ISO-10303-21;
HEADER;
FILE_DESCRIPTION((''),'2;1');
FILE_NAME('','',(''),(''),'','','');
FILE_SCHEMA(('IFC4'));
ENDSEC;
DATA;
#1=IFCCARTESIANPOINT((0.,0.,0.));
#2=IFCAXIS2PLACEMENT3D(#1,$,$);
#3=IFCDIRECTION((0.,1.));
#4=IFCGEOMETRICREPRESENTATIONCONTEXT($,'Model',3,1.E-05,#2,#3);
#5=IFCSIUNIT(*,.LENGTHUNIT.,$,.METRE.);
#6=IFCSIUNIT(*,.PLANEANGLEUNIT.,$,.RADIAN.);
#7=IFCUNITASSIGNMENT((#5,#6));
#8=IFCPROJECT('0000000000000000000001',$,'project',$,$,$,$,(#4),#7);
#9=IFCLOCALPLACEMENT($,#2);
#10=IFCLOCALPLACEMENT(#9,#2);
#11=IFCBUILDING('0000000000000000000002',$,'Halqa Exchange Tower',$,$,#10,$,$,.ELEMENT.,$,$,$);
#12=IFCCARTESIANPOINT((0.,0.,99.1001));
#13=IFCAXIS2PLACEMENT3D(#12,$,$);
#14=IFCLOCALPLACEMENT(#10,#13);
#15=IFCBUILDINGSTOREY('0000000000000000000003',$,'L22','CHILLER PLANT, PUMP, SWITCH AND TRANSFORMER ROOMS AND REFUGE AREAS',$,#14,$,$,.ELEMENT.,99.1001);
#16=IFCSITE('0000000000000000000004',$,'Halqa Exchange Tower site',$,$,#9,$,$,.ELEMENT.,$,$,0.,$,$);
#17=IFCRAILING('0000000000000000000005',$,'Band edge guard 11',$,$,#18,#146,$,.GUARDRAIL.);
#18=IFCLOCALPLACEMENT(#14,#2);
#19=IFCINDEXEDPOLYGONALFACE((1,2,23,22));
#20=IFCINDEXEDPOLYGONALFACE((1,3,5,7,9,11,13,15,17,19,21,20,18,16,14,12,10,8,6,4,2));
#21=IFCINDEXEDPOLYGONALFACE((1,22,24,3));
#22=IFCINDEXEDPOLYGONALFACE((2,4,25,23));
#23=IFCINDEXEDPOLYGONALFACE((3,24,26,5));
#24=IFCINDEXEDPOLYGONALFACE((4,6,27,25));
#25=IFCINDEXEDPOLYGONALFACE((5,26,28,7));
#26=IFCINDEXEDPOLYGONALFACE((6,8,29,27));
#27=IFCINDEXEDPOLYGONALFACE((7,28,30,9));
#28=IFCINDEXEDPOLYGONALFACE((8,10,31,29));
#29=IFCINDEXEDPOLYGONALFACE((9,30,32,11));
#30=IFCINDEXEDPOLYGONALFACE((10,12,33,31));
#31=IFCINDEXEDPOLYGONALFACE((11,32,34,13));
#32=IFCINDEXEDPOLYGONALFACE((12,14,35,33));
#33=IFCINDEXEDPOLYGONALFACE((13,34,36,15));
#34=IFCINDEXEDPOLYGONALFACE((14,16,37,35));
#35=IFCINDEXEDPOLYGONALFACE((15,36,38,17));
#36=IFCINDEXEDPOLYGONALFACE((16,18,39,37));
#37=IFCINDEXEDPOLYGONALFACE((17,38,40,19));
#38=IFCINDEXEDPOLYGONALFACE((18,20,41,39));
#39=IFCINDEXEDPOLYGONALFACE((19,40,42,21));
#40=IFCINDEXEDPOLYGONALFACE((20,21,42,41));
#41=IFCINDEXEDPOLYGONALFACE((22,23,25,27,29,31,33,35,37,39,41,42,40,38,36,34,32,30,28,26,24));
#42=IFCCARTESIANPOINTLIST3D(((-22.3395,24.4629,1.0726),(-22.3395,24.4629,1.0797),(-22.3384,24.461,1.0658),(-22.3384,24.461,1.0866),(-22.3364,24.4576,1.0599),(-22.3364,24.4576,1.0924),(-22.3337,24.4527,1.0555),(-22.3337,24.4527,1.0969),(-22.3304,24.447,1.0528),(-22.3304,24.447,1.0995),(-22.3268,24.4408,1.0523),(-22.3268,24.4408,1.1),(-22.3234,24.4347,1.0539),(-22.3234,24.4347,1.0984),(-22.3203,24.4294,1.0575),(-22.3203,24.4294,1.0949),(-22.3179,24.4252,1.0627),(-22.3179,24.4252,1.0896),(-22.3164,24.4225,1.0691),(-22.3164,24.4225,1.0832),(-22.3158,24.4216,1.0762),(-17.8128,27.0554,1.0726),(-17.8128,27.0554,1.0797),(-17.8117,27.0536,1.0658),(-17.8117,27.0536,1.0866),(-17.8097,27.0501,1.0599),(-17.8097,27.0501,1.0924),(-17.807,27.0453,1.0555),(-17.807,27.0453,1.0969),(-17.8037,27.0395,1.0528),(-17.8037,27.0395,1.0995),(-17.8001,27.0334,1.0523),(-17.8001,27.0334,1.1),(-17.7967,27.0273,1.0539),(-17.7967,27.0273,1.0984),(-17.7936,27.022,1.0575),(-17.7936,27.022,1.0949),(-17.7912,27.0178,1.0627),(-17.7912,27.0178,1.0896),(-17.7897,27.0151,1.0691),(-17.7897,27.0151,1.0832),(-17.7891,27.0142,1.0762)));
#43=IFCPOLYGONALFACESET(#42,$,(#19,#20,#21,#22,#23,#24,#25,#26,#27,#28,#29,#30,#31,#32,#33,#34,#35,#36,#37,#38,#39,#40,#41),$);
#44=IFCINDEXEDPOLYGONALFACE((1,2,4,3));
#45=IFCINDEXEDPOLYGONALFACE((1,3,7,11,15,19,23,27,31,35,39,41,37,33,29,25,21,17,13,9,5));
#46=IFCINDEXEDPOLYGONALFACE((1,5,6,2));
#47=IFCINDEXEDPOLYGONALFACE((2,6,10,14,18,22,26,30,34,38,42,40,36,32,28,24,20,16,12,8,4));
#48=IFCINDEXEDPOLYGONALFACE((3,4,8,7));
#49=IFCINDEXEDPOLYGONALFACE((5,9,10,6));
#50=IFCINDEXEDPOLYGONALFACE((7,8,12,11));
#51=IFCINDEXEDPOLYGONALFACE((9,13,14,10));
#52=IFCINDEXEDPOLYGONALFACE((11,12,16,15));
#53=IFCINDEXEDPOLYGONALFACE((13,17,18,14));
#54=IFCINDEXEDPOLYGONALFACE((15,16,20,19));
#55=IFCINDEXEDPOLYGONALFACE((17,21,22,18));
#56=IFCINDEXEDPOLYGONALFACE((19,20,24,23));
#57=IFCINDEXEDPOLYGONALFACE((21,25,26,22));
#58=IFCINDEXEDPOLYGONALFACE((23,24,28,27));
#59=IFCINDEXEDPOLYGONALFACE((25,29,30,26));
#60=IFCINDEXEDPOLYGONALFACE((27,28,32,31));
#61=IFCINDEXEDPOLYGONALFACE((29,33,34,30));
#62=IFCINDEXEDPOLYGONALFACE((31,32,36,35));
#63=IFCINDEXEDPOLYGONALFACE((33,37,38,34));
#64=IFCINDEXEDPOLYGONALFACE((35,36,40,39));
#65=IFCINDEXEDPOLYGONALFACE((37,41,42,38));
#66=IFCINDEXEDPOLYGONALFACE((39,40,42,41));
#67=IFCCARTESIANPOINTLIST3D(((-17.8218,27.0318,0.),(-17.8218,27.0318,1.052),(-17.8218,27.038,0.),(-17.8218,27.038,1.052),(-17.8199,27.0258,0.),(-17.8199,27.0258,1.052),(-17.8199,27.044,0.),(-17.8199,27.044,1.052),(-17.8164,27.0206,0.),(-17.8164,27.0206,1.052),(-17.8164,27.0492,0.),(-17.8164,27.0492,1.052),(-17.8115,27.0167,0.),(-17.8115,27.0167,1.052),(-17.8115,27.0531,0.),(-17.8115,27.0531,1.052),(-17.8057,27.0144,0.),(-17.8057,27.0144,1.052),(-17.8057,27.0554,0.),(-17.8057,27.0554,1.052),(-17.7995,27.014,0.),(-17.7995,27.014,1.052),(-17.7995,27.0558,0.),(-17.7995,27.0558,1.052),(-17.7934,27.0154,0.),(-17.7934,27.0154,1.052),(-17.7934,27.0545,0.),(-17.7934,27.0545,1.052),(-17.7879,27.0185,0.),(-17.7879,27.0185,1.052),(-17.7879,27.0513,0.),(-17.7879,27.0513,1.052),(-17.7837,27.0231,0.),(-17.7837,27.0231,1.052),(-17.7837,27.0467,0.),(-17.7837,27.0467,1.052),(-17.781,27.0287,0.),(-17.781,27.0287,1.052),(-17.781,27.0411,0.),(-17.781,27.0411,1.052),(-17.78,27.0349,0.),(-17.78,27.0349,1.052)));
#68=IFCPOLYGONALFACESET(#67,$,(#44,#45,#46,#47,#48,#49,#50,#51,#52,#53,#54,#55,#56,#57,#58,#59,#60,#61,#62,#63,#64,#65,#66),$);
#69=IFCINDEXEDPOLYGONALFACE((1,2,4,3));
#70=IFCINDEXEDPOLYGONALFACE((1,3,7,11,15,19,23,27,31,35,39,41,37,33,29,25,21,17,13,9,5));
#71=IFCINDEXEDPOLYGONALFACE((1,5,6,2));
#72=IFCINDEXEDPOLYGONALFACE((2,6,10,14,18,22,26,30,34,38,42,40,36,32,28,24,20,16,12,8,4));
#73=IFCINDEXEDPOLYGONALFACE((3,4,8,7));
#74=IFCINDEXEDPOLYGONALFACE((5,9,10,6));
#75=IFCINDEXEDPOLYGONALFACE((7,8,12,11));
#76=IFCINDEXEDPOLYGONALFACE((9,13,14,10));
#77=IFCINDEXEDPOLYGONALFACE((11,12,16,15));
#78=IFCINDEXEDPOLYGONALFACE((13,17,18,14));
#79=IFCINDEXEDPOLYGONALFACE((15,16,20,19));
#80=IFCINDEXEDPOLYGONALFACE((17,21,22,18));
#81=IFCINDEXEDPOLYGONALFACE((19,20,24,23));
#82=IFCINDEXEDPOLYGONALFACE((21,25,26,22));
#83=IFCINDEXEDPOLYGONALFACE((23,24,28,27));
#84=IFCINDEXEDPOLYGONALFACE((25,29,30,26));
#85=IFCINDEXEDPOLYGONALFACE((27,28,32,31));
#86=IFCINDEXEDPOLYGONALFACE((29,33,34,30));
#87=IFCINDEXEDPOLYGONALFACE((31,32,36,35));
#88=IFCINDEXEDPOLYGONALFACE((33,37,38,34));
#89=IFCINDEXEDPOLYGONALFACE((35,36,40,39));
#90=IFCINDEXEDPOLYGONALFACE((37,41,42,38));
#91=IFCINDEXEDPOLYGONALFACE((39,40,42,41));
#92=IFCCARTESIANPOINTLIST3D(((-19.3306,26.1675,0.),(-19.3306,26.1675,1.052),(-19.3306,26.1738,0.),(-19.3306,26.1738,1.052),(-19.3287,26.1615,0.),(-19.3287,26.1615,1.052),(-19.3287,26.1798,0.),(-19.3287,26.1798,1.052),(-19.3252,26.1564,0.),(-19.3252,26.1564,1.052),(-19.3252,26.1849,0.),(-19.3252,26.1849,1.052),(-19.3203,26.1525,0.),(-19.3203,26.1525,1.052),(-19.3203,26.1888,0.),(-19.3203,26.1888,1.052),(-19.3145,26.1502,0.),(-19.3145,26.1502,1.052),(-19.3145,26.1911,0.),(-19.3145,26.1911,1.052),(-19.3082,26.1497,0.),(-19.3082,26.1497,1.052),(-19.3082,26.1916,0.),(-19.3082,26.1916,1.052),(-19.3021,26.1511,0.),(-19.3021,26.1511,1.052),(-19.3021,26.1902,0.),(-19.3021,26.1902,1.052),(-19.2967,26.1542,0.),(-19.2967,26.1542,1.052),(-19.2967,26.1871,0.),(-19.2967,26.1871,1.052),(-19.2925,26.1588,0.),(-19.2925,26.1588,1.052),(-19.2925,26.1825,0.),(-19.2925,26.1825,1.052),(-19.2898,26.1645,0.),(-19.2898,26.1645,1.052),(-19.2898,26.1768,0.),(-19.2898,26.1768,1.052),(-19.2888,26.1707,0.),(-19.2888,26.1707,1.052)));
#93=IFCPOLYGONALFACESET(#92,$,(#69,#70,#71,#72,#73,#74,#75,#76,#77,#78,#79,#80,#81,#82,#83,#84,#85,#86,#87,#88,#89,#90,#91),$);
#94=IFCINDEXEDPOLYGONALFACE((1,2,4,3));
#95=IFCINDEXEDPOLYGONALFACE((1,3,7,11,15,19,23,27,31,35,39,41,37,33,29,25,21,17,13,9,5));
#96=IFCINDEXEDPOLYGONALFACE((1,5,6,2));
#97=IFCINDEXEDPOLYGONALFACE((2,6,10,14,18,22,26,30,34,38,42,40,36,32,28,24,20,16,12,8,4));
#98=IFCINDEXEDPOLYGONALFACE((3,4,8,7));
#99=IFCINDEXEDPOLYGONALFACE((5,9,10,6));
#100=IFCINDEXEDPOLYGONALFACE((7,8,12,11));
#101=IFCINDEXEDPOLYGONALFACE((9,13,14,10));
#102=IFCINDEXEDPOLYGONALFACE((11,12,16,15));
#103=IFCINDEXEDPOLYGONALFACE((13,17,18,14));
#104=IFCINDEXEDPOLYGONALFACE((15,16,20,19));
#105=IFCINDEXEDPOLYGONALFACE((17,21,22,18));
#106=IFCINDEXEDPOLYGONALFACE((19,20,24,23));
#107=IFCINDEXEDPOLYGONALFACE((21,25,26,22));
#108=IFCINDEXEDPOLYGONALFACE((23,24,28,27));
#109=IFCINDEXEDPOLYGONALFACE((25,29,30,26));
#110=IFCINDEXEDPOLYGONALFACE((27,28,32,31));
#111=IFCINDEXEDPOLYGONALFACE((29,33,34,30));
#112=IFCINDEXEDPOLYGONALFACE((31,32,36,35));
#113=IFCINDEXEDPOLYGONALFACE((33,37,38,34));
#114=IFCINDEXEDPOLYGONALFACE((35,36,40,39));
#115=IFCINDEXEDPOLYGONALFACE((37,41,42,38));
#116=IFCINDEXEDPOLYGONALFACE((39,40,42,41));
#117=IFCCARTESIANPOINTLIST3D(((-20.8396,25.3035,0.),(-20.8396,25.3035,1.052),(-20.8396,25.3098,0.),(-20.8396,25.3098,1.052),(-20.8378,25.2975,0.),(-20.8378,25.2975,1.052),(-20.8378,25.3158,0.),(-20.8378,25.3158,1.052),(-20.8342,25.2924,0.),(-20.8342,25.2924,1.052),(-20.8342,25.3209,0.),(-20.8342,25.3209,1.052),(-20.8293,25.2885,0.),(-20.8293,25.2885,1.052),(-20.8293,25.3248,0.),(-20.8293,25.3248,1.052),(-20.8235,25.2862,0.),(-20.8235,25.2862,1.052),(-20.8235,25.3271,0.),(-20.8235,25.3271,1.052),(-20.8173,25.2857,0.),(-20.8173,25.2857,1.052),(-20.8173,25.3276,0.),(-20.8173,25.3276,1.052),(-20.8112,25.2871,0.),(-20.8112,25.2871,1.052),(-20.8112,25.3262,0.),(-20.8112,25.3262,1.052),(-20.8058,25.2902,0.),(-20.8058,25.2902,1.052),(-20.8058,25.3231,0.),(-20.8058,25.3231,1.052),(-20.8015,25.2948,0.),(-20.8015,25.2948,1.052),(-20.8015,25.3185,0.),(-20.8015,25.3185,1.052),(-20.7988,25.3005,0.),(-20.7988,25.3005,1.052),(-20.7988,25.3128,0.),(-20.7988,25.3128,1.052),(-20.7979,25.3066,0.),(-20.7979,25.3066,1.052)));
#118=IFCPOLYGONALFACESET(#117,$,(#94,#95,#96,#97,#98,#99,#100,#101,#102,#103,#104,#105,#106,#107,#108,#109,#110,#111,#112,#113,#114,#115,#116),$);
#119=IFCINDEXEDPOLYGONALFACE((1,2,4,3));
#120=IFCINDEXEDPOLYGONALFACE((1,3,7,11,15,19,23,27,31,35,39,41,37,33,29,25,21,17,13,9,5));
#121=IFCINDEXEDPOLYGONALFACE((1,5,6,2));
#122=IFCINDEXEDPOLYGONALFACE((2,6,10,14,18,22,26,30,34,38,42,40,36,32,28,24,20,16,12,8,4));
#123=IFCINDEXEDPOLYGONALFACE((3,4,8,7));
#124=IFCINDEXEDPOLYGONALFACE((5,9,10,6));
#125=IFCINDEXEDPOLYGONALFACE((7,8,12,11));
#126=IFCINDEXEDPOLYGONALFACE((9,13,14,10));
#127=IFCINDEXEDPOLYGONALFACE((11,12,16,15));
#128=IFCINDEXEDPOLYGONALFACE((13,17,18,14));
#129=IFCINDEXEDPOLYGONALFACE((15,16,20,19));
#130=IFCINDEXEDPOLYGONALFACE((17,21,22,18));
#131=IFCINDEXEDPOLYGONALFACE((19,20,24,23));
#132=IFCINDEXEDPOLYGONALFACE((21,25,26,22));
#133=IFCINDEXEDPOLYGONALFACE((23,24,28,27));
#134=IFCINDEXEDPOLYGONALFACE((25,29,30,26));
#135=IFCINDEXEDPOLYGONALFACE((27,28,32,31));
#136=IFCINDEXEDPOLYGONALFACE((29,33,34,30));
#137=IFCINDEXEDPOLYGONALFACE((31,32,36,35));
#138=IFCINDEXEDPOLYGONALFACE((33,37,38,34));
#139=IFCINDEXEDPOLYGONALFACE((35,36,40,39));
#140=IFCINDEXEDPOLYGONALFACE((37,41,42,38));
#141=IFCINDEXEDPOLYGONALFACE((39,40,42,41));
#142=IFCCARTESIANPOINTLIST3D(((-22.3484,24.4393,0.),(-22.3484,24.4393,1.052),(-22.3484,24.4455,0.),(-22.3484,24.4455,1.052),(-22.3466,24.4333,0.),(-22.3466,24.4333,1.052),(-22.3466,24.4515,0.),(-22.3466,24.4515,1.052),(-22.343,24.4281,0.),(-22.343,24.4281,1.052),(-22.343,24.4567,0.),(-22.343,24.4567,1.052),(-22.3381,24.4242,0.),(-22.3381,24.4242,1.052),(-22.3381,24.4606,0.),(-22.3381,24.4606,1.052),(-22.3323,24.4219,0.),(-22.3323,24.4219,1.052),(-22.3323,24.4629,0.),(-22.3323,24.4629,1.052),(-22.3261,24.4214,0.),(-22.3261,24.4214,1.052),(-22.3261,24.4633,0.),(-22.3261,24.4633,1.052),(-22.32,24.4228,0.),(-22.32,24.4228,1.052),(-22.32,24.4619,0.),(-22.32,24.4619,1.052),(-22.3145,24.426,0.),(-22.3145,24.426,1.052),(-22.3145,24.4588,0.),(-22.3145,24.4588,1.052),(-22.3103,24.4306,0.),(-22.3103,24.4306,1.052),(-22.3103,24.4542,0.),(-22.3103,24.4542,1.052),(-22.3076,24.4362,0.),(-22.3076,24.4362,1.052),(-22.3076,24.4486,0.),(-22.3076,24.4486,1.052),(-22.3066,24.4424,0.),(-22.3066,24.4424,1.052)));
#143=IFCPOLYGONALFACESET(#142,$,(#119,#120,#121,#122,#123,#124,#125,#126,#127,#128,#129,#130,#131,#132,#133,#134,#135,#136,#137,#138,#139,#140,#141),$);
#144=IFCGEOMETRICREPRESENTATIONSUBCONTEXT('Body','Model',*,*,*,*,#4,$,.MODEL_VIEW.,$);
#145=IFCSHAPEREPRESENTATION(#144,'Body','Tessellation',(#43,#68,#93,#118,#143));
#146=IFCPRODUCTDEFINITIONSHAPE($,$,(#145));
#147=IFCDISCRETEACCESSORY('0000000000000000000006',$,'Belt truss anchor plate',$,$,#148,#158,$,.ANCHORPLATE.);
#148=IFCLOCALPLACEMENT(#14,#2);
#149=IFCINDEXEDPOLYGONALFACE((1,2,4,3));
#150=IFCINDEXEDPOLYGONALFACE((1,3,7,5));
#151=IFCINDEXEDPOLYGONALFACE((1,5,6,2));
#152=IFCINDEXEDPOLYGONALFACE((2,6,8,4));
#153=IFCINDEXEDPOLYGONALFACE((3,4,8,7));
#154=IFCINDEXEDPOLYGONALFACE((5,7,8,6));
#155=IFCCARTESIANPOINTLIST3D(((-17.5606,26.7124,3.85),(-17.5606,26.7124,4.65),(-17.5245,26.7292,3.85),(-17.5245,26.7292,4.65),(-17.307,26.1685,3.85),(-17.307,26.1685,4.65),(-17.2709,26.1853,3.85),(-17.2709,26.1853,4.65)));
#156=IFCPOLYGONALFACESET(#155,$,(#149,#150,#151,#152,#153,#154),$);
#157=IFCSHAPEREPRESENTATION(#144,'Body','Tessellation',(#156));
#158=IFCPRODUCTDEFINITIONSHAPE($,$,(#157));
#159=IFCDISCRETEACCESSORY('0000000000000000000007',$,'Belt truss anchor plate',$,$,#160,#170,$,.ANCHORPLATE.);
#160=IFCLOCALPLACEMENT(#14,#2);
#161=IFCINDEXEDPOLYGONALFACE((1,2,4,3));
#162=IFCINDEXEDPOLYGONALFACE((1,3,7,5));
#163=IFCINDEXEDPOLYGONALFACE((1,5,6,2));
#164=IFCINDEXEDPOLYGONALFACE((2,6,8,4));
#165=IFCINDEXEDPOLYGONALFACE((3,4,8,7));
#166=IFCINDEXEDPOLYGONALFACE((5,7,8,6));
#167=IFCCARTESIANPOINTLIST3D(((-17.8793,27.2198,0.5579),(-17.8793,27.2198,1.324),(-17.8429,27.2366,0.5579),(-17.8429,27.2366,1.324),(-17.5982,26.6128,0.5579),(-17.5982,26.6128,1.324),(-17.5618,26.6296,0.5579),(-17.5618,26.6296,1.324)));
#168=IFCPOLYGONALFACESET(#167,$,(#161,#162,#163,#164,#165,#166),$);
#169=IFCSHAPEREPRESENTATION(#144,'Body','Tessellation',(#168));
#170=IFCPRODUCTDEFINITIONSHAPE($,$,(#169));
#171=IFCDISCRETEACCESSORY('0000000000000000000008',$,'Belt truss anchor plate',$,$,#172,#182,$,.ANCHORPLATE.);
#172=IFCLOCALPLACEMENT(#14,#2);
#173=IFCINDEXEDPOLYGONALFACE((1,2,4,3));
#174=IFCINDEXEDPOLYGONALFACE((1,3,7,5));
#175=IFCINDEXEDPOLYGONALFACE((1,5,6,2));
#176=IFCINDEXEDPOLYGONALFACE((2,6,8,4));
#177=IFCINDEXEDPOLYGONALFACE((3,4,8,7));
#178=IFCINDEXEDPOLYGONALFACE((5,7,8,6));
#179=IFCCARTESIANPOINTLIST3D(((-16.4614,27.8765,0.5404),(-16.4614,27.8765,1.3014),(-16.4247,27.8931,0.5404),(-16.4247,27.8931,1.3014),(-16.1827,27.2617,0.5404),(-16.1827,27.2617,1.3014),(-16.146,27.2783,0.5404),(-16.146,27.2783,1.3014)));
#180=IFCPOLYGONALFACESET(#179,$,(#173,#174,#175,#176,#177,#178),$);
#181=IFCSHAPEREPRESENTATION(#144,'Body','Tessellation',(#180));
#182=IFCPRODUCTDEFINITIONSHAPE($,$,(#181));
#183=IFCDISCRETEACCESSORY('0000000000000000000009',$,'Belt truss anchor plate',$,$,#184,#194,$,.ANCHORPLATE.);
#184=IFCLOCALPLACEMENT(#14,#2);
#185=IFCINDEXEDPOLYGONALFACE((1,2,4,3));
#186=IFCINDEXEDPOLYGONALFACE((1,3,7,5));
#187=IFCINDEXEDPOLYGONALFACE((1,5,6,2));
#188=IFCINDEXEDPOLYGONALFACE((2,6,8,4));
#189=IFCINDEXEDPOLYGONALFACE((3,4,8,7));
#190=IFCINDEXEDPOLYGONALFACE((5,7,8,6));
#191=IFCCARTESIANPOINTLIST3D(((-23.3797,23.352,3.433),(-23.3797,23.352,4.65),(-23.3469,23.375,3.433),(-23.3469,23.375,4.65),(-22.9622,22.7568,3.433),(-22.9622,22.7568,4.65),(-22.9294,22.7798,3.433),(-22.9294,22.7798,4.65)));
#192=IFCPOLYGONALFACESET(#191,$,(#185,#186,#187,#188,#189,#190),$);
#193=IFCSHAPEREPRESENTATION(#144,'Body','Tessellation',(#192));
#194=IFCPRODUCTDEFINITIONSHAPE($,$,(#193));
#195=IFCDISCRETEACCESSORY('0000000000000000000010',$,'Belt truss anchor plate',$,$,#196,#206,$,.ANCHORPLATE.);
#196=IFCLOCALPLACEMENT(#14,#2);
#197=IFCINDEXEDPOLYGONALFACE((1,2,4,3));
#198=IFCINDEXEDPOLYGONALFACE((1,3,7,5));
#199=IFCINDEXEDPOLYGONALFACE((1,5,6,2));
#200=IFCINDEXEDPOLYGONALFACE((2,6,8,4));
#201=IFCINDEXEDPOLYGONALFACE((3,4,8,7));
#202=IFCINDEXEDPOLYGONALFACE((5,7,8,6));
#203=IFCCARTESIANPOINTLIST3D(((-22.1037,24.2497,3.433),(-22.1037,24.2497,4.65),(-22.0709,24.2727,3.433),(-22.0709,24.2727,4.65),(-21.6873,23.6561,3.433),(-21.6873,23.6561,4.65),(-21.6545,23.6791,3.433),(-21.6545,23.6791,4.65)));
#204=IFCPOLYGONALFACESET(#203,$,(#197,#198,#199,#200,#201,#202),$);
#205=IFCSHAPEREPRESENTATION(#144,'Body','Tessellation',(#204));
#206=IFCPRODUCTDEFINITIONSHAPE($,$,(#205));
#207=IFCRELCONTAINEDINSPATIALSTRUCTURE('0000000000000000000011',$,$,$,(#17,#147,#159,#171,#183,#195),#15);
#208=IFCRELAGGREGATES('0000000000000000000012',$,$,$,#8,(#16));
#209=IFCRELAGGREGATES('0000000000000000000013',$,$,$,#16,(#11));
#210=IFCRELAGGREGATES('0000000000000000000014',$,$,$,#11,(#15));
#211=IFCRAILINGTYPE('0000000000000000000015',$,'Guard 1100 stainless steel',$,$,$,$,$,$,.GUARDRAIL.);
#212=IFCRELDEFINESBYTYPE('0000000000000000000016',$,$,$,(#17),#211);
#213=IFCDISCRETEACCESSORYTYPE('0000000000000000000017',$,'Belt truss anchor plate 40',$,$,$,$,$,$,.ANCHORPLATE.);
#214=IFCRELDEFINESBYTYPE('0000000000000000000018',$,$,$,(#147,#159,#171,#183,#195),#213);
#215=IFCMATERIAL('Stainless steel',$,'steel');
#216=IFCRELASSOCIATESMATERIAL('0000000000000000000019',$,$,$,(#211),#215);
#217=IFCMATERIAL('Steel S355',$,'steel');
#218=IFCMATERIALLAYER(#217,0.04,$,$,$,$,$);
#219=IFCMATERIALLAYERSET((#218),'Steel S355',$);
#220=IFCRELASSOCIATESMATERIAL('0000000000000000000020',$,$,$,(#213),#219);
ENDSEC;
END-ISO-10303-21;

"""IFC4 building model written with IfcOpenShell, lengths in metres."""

from ifc_helpers import new_model, si_unit, direction, frame, origin, origin_2d, place, context, subcontext, project, spatial, rectangle, circle, extrude, material, layer, layer_set, type_object, element, save


model = new_model("IFC4")

# Units and contexts
model_context = context("Model", 3, precision=1e-05, world=origin(), true_north=direction((0.0, 1.0)))
body_context = subcontext(model_context, "Body", "Model", "MODEL_VIEW")
ifc_project = project(units=[si_unit("LENGTHUNIT", "METRE"), si_unit("PLANEANGLEUNIT", "RADIAN")], contexts=[model_context])

# Site, building, storey
site_placement = place(None, origin())
site = spatial("IfcSite", under=ifc_project, at=site_placement, Name="Halqa Exchange Tower site", CompositionType="ELEMENT", RefElevation=0.0)
building_placement = place(site_placement, origin())
building = spatial("IfcBuilding", under=site, at=building_placement, Name="Halqa Exchange Tower", CompositionType="ELEMENT")
storey_placement = place(building_placement, frame((0.0, 0.0, 99.1001)))
storey = spatial("IfcBuildingStorey", under=building, at=storey_placement, Name="L22", Description="CHILLER PLANT, PUMP, SWITCH AND TRANSFORMER ROOMS AND REFUGE AREAS", CompositionType="ELEMENT", Elevation=99.1001)

# Shared definitions
ifc_material_1 = material(Name="Steel S355", Category="steel")

# Railing
ifc_material_2 = material(Name="Stainless steel", Category="steel")
railing_type = type_object("IfcRailingType", Name="Guard 1100 stainless steel", PredefinedType="GUARDRAIL", material=ifc_material_2)
railing_placement = place(storey_placement, frame((-17.801, 27.0349, 0.0)))
element("IfcRailing", 1, at=railing_placement, inside=storey, type_object=railing_type, Name="Band edge guard 11", PredefinedType="GUARDRAIL", context=body_context, shape_type="SweptSolid", body=[
    extrude(circle(Radius=0.0239, at=origin_2d()), frame((0.0, 0.0, 1.0762), z_axis=(-0.867756, -0.49699, 0.0), x_axis=(0.49699, -0.867756, 0.0)), (0.0, 0.0, 1.0), 5.2166),
    extrude(circle(Radius=0.021, at=origin_2d()), origin(), (0.0, 0.0, 1.0), 1.052),
    extrude(circle(Radius=0.021, at=origin_2d()), frame((-1.5088, -0.8643, 0.0)), (0.0, 0.0, 1.0), 1.052),
    extrude(circle(Radius=0.021, at=origin_2d()), frame((-3.0178, -1.7283, 0.0)), (0.0, 0.0, 1.0), 1.052),
    extrude(circle(Radius=0.021, at=origin_2d()), frame((-4.5266, -2.5925, 0.0)), (0.0, 0.0, 1.0), 1.052),
])

# Discrete accessories
ifc_layer_1 = layer(ifc_material_1, 0.04)
ifc_layer_set_1 = layer_set([ifc_layer_1], Name="Steel S355")
discrete_accessory_type = type_object("IfcDiscreteAccessoryType", Name="Belt truss anchor plate 40", PredefinedType="ANCHORPLATE", material=ifc_layer_set_1)
discrete_accessory_1_placement = place(storey_placement, frame((-17.3977, 26.4573, 4.25), z_axis=(-0.90634, -0.42255, 0.0), x_axis=(0.42255, -0.90634, 0.0)))
element("IfcDiscreteAccessory", 2, at=discrete_accessory_1_placement, inside=storey, type_object=discrete_accessory_type, Name="Belt truss anchor plate", PredefinedType="ANCHORPLATE", context=body_context, shape_type="SweptSolid", body=[
    extrude(rectangle(XDim=0.6001, YDim=0.8, at=origin_2d()), origin(), (0.0, 0.0, 1.0), 0.0398),
])
discrete_accessory_2_placement = place(storey_placement, frame((-17.7024, 26.9331, 0.9409), z_axis=(-0.907424, -0.420216, 0.0), x_axis=(0.420216, -0.907424, 0.0)))
element("IfcDiscreteAccessory", 3, at=discrete_accessory_2_placement, inside=storey, type_object=discrete_accessory_type, Name="Belt truss anchor plate", PredefinedType="ANCHORPLATE", context=body_context, shape_type="SweptSolid", body=[
    extrude(rectangle(XDim=0.6689, YDim=0.7661, at=origin_2d()), origin(), (0.0, 0.0, 1.0), 0.04),
])
discrete_accessory_3_placement = place(storey_placement, frame((-16.322, 27.5691, 0.9209), z_axis=(0.910782, 0.412888, 0.0), x_axis=(-0.412888, 0.910782, 0.0)))
element("IfcDiscreteAccessory", 4, at=discrete_accessory_3_placement, inside=storey, type_object=discrete_accessory_type, Name="Belt truss anchor plate", PredefinedType="ANCHORPLATE", context=body_context, shape_type="SweptSolid", body=[
    extrude(rectangle(XDim=0.675, YDim=0.761, at=origin_2d()), origin(), (0.0, 0.0, 1.0), 0.0403),
])
discrete_accessory_4_placement = place(storey_placement, frame((-23.1382, 23.0774, 4.0415), z_axis=(-0.818657, -0.574282, 0.0), x_axis=(0.574282, -0.818657, 0.0)))
element("IfcDiscreteAccessory", 5, at=discrete_accessory_4_placement, inside=storey, type_object=discrete_accessory_type, Name="Belt truss anchor plate", PredefinedType="ANCHORPLATE", context=body_context, shape_type="SweptSolid", body=[
    extrude(rectangle(XDim=0.7271, YDim=1.217, at=origin_2d()), origin(), (0.0, 0.0, 1.0), 0.04),
])
discrete_accessory_5_placement = place(storey_placement, frame((-21.8955, 23.9529, 4.0415), z_axis=(0.818657, 0.574282, 0.0), x_axis=(-0.574282, 0.818657, 0.0)))
element("IfcDiscreteAccessory", 6, at=discrete_accessory_5_placement, inside=storey, type_object=discrete_accessory_type, Name="Belt truss anchor plate", PredefinedType="ANCHORPLATE", context=body_context, shape_type="SweptSolid", body=[
    extrude(rectangle(XDim=0.7251, YDim=1.217, at=origin_2d()), origin(), (0.0, 0.0, 1.0), 0.04),
])

save(model, "model.ifc")
